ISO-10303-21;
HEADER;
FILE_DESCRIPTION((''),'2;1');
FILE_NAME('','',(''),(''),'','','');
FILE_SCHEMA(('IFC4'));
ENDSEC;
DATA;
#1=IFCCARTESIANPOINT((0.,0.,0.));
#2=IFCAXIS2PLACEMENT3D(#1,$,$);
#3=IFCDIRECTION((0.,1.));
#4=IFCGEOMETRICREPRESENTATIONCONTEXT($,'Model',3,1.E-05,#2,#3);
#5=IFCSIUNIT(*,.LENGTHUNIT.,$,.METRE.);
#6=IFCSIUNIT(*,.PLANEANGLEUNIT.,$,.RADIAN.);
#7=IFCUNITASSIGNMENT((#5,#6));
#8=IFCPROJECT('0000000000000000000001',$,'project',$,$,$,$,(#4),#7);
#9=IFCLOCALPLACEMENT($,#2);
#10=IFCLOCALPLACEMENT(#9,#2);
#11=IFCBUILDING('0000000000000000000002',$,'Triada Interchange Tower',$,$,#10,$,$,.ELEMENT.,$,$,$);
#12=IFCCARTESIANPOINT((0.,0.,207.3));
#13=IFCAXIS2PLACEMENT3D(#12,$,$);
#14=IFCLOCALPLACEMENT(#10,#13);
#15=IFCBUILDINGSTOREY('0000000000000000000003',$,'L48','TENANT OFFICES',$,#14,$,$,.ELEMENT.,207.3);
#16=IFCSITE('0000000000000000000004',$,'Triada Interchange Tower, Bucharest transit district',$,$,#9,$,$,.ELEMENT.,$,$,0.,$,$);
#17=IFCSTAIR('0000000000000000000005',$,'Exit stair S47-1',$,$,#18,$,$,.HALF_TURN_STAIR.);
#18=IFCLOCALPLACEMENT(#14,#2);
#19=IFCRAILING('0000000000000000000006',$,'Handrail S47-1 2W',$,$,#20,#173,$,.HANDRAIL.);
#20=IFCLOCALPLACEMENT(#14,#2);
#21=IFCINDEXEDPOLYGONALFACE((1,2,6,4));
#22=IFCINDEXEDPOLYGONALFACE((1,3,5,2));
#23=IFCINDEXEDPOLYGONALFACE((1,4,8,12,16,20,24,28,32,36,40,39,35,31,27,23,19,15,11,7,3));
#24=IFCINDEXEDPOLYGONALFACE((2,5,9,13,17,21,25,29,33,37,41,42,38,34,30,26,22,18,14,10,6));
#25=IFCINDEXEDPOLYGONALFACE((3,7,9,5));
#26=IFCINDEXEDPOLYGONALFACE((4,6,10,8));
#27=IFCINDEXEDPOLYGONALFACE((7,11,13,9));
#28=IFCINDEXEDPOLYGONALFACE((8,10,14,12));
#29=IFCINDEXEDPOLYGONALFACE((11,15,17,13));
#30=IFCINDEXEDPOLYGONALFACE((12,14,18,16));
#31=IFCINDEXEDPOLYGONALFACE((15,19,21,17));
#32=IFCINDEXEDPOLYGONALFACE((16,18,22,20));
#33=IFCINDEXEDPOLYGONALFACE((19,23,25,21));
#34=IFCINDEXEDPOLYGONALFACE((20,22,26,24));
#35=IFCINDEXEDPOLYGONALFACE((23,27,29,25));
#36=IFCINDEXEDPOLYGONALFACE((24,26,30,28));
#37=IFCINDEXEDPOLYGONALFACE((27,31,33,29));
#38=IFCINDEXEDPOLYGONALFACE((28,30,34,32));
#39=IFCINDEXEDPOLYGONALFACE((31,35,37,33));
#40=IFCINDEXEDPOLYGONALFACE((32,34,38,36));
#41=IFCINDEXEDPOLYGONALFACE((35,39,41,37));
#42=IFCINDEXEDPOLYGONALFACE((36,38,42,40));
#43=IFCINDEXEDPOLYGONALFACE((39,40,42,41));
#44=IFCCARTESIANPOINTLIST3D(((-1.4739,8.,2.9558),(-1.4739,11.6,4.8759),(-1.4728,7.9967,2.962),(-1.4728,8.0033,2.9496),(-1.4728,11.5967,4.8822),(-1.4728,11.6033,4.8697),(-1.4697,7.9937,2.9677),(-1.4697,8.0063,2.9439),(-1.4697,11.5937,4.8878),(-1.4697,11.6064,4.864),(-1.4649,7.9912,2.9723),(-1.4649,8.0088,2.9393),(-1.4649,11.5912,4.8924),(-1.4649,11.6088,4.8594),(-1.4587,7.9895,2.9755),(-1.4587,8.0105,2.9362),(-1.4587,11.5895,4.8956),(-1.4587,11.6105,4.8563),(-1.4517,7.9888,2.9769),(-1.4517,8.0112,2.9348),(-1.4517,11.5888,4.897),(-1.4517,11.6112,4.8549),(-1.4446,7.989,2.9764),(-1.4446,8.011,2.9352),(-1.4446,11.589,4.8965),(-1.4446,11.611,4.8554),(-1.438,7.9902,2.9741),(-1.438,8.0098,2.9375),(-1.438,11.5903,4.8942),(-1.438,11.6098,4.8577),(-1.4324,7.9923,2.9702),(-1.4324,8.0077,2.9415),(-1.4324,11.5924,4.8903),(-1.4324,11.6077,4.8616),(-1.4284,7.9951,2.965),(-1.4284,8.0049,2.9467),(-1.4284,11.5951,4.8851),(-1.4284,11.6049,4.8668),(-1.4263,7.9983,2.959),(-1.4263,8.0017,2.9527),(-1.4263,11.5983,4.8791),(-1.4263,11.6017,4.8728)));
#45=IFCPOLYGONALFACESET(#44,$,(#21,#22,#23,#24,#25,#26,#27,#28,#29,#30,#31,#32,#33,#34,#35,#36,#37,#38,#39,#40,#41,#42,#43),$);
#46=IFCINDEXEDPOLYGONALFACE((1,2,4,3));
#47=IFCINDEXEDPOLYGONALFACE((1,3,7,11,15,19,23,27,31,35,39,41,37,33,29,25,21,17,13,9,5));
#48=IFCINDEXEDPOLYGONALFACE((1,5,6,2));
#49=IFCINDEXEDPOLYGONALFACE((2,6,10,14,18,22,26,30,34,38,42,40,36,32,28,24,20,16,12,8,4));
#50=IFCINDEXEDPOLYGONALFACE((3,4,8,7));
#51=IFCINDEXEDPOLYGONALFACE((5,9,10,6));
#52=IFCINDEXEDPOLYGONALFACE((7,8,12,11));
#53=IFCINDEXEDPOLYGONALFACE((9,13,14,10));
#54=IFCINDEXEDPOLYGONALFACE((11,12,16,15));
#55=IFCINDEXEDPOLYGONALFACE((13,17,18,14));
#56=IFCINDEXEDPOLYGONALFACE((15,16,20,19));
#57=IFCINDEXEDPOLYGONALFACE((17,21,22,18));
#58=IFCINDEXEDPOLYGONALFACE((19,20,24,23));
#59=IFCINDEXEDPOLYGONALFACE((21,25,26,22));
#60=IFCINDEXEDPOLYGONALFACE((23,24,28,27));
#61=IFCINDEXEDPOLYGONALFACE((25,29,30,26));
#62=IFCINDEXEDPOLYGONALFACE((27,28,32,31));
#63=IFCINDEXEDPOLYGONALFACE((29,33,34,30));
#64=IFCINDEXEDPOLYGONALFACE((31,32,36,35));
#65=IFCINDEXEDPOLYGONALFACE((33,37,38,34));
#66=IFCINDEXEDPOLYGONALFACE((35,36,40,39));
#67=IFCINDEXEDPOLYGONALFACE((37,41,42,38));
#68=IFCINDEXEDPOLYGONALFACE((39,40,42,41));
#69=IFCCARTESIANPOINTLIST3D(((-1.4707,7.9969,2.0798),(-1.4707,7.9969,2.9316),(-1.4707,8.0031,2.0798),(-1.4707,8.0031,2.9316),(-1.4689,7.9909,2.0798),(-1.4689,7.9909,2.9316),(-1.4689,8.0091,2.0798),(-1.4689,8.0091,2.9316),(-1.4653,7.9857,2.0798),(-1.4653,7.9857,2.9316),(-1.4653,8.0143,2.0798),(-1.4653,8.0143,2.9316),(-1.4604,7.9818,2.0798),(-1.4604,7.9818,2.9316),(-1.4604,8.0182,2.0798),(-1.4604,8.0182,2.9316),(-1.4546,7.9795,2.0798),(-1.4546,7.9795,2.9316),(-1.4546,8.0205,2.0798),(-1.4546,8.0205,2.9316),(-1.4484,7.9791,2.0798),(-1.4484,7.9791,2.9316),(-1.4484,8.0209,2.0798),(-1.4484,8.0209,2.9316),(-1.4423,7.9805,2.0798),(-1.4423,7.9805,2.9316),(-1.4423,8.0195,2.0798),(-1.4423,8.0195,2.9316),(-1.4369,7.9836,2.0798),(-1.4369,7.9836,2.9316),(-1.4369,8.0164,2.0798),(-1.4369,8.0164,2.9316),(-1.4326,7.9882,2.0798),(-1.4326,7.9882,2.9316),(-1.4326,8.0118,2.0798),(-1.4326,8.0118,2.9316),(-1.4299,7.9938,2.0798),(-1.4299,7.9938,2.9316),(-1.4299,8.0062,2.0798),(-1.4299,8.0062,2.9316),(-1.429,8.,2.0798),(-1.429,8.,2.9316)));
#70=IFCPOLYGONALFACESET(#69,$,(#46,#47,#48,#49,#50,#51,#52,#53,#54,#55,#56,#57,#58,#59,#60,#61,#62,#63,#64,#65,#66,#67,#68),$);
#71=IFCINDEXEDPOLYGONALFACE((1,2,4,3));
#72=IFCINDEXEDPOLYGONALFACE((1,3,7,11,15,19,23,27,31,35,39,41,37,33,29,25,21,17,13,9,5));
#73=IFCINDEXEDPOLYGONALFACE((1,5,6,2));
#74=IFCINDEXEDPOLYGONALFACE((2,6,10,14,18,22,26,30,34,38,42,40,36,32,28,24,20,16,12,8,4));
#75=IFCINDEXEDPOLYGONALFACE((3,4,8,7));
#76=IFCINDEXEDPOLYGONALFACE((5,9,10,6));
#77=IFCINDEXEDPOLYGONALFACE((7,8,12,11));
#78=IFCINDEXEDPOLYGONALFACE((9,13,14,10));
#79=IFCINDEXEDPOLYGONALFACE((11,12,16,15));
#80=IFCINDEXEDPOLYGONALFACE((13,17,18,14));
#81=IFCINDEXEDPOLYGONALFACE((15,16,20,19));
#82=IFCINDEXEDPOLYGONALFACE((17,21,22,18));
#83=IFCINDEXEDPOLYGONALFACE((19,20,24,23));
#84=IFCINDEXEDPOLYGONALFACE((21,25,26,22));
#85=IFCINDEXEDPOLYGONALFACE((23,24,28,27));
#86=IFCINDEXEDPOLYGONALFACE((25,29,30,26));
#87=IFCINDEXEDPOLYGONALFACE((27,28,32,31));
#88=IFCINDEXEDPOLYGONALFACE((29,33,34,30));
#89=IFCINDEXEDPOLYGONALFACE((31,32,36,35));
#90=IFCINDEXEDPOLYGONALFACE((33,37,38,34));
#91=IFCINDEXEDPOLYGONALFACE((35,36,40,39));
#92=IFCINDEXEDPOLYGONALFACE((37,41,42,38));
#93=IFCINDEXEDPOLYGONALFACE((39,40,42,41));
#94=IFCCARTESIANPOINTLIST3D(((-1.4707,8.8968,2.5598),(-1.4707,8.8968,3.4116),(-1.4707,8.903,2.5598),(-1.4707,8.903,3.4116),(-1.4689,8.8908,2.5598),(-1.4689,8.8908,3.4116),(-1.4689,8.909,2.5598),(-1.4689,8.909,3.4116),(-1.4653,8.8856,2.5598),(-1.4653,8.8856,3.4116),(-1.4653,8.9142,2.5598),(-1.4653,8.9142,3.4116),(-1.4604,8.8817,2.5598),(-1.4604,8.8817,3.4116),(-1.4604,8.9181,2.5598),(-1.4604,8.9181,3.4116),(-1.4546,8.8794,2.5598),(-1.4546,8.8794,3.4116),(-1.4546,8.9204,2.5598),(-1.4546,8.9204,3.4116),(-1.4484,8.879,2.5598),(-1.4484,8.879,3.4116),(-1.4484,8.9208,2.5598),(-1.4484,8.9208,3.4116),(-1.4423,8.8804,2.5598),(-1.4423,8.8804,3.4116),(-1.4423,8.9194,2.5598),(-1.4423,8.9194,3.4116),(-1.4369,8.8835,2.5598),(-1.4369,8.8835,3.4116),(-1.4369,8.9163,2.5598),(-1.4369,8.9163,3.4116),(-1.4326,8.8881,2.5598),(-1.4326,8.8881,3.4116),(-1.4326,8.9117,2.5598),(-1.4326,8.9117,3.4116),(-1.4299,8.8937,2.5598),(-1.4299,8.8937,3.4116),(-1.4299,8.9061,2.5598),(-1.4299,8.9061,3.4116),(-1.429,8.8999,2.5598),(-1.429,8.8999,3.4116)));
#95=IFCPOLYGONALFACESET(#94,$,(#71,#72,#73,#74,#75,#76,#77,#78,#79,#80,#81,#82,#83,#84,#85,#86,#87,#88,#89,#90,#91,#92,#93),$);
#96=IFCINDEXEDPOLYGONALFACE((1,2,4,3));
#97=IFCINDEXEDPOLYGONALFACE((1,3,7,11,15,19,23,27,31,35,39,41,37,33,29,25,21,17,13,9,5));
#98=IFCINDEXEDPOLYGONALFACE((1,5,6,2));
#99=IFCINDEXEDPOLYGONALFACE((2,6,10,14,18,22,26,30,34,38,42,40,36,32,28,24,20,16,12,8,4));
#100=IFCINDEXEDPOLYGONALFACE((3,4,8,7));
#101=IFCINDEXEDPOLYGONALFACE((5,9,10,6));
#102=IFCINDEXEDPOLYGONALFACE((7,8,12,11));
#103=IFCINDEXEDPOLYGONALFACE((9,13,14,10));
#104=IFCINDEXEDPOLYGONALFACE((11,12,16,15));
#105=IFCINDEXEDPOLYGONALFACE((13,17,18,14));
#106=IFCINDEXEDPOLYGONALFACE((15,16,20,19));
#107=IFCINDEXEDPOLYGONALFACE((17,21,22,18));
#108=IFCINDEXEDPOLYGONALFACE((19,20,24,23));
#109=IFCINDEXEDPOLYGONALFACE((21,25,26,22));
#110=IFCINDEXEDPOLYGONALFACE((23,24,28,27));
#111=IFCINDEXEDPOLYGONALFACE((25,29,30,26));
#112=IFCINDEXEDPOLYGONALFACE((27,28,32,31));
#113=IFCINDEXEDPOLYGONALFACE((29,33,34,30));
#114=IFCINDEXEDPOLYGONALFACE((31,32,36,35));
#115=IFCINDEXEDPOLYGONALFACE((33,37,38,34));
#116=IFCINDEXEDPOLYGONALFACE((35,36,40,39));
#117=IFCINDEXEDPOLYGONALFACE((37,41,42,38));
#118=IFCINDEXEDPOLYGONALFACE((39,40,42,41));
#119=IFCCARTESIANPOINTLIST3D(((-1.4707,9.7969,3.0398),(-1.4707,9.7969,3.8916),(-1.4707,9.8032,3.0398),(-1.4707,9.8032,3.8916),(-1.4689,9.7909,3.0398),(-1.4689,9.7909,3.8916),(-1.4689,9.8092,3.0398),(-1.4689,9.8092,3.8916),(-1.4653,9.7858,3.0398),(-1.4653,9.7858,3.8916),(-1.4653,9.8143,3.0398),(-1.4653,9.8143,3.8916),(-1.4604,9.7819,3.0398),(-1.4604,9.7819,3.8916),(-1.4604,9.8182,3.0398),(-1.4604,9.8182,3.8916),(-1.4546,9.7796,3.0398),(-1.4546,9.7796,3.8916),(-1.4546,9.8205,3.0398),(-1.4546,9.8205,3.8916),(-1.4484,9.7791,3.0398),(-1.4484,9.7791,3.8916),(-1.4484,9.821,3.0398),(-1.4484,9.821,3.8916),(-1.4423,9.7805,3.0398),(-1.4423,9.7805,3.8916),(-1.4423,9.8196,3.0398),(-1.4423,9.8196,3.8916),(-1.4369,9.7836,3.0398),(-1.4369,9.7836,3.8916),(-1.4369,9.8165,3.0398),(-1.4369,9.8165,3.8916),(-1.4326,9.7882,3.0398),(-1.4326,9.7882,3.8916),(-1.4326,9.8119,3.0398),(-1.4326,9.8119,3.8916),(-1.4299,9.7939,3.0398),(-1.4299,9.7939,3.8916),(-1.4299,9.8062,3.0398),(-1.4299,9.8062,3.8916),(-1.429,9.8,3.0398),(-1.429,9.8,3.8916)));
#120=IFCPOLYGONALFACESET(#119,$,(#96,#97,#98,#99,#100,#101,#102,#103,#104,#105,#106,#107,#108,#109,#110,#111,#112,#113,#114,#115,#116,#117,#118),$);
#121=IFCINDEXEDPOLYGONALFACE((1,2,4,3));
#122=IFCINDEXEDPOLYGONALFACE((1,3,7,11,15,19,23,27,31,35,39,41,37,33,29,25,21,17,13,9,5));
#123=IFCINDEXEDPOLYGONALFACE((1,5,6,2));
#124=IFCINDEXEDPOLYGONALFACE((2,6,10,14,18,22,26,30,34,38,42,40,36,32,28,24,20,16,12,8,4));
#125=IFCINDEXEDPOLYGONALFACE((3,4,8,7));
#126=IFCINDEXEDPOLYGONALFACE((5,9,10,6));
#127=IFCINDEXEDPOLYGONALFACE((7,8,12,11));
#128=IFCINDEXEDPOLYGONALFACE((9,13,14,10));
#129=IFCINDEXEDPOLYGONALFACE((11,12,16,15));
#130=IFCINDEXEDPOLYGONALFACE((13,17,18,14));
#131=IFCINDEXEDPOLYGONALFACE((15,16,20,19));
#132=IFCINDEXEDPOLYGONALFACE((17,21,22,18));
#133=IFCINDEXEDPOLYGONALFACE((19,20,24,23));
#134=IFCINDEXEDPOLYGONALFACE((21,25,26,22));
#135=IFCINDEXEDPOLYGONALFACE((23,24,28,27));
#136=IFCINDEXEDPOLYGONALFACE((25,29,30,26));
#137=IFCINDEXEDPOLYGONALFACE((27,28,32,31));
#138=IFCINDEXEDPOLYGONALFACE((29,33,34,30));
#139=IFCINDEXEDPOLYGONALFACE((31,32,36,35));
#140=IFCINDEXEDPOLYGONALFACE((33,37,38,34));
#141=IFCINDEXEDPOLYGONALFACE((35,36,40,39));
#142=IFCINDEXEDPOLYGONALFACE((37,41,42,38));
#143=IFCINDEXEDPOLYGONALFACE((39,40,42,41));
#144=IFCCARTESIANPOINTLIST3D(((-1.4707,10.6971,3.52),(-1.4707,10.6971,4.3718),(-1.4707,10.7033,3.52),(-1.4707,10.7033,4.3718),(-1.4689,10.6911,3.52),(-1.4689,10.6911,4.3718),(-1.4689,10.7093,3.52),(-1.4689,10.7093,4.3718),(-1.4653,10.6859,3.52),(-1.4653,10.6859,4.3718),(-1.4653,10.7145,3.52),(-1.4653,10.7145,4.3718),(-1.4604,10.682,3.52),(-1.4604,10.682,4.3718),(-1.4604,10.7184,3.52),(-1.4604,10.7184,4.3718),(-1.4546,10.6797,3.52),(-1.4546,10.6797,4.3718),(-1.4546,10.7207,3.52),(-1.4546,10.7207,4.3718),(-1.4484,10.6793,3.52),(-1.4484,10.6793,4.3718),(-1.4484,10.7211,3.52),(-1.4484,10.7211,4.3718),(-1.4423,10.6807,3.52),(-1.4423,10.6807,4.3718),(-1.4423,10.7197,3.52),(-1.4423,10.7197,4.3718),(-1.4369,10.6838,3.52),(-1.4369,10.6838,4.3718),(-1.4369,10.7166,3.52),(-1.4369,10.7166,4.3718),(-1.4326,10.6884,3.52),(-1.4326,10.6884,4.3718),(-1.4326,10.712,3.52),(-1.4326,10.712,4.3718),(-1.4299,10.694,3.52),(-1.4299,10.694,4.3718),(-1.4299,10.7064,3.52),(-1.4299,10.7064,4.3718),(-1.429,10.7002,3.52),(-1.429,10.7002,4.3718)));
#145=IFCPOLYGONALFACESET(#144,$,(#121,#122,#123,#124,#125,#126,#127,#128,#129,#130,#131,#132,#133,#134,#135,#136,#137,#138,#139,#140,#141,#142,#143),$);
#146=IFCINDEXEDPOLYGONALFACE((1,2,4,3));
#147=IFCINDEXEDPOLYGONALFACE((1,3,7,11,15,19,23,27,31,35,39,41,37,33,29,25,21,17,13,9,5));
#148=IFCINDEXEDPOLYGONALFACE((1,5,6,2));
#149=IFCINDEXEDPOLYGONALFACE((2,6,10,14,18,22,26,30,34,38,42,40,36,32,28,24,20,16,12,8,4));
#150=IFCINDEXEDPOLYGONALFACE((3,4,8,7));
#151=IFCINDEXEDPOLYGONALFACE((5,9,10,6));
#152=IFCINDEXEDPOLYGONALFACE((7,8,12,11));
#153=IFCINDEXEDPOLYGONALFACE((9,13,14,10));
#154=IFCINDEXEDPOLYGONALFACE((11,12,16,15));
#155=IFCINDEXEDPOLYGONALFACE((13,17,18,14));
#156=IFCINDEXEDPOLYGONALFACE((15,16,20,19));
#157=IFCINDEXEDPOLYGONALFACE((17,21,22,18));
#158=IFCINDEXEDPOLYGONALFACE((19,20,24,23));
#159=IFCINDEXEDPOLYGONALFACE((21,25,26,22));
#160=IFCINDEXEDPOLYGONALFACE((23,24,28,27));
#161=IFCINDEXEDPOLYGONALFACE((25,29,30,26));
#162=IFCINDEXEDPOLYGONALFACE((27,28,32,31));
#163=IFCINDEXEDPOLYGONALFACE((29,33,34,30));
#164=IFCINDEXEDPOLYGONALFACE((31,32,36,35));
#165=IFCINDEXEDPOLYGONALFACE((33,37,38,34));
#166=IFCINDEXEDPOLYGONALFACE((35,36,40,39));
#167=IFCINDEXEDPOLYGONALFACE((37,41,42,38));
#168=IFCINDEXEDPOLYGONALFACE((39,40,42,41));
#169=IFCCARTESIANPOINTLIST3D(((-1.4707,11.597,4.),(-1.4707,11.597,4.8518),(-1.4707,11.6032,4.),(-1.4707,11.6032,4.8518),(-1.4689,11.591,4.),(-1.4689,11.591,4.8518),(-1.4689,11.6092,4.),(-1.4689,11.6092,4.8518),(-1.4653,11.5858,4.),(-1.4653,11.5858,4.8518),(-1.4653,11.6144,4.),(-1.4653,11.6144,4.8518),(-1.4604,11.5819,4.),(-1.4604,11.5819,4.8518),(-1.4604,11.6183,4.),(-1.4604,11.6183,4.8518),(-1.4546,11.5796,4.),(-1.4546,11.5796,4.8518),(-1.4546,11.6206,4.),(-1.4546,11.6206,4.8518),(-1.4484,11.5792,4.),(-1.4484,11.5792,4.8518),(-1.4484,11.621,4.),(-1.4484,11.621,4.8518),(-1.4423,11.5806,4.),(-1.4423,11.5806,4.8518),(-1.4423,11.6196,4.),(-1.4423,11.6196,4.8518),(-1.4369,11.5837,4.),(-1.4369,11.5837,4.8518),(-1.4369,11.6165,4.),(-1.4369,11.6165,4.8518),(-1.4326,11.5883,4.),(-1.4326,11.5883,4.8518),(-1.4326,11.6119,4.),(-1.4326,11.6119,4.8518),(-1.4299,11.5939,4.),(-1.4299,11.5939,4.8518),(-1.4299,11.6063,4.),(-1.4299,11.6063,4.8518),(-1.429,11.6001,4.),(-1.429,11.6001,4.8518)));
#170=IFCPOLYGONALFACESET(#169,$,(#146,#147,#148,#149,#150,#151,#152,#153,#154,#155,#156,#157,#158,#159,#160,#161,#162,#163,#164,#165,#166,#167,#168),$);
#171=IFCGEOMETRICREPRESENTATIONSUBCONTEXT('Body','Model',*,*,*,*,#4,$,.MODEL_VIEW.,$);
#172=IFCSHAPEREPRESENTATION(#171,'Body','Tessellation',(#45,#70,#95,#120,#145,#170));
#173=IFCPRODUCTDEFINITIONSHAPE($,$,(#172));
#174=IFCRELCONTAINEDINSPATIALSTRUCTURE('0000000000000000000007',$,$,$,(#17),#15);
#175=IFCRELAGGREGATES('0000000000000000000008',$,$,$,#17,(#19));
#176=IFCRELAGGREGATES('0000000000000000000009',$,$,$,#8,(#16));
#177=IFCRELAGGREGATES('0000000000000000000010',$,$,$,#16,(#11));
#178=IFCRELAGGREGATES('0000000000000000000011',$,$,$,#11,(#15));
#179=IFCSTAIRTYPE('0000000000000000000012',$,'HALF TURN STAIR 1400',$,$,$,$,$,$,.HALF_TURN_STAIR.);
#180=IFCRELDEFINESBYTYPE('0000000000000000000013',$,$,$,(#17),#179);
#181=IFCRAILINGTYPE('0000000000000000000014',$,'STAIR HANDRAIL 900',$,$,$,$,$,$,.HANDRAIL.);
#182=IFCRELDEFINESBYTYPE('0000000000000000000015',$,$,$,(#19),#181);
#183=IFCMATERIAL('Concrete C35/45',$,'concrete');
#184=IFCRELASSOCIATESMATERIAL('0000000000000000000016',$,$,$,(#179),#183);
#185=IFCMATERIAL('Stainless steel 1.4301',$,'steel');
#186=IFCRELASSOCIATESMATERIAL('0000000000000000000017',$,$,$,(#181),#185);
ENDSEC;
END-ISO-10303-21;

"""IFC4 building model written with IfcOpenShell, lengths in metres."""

from ifc_helpers import new_model, si_unit, direction, frame, origin, origin_2d, place, context, subcontext, project, spatial, circle, extrude, material, type_object, element, aggregate, save


model = new_model("IFC4")

# Units and contexts
model_context = context("Model", 3, precision=1e-05, world=origin(), true_north=direction((0.0, 1.0)))
body_context = subcontext(model_context, "Body", "Model", "MODEL_VIEW")
ifc_project = project(units=[si_unit("LENGTHUNIT", "METRE"), si_unit("PLANEANGLEUNIT", "RADIAN")], contexts=[model_context])

# Site, building, storey
site_placement = place(None, origin())
site = spatial("IfcSite", under=ifc_project, at=site_placement, Name="Triada Interchange Tower, Bucharest transit district", CompositionType="ELEMENT", RefElevation=0.0)
building_placement = place(site_placement, origin())
building = spatial("IfcBuilding", under=site, at=building_placement, Name="Triada Interchange Tower", CompositionType="ELEMENT")
storey_placement = place(building_placement, frame((0.0, 0.0, 207.3)))
storey = spatial("IfcBuildingStorey", under=building, at=storey_placement, Name="L48", Description="TENANT OFFICES", CompositionType="ELEMENT", Elevation=207.3)

# Stair, railing
ifc_material_1 = material(Name="Concrete C35/45", Category="concrete")
stair_type = type_object("IfcStairType", Name="HALF TURN STAIR 1400", PredefinedType="HALF_TURN_STAIR", material=ifc_material_1)
stair_placement = place(storey_placement, origin())
stair = element("IfcStair", 1, at=stair_placement, inside=storey, type_object=stair_type, Name="Exit stair S47-1", PredefinedType="HALF_TURN_STAIR")
ifc_material_2 = material(Name="Stainless steel 1.4301", Category="steel")
railing_type = type_object("IfcRailingType", Name="STAIR HANDRAIL 900", PredefinedType="HANDRAIL", material=ifc_material_2)
railing_placement = place(storey_placement, frame((-1.45, 8.0, 2.0798)))
railing = element("IfcRailing", 2, at=railing_placement, type_object=railing_type, Name="Handrail S47-1 2W", PredefinedType="HANDRAIL", context=body_context, shape_type="SweptSolid", body=[
    extrude(circle(Radius=0.0239, at=origin_2d()), frame((0.0, 0.0, 0.876), z_axis=(0.0, 0.882341, 0.47061), x_axis=(-1.0, 0.0, 0.0)), (0.0, 0.0, 1.0), 4.0801),
    extrude(circle(Radius=0.021, at=origin_2d()), origin(), (0.0, 0.0, 1.0), 0.8518),
    extrude(circle(Radius=0.021, at=origin_2d()), frame((0.0, 0.8999, 0.48)), (0.0, 0.0, 1.0), 0.8518),
    extrude(circle(Radius=0.021, at=origin_2d()), frame((0.0, 1.8, 0.96)), (0.0, 0.0, 1.0), 0.8518),
    extrude(circle(Radius=0.021, at=origin_2d()), frame((0.0, 2.7002, 1.4402)), (0.0, 0.0, 1.0), 0.8518),
    extrude(circle(Radius=0.021, at=origin_2d()), frame((0.0, 3.6001, 1.9202)), (0.0, 0.0, 1.0), 0.8518),
])
aggregate(stair, [railing])

save(model, "model.ifc")
